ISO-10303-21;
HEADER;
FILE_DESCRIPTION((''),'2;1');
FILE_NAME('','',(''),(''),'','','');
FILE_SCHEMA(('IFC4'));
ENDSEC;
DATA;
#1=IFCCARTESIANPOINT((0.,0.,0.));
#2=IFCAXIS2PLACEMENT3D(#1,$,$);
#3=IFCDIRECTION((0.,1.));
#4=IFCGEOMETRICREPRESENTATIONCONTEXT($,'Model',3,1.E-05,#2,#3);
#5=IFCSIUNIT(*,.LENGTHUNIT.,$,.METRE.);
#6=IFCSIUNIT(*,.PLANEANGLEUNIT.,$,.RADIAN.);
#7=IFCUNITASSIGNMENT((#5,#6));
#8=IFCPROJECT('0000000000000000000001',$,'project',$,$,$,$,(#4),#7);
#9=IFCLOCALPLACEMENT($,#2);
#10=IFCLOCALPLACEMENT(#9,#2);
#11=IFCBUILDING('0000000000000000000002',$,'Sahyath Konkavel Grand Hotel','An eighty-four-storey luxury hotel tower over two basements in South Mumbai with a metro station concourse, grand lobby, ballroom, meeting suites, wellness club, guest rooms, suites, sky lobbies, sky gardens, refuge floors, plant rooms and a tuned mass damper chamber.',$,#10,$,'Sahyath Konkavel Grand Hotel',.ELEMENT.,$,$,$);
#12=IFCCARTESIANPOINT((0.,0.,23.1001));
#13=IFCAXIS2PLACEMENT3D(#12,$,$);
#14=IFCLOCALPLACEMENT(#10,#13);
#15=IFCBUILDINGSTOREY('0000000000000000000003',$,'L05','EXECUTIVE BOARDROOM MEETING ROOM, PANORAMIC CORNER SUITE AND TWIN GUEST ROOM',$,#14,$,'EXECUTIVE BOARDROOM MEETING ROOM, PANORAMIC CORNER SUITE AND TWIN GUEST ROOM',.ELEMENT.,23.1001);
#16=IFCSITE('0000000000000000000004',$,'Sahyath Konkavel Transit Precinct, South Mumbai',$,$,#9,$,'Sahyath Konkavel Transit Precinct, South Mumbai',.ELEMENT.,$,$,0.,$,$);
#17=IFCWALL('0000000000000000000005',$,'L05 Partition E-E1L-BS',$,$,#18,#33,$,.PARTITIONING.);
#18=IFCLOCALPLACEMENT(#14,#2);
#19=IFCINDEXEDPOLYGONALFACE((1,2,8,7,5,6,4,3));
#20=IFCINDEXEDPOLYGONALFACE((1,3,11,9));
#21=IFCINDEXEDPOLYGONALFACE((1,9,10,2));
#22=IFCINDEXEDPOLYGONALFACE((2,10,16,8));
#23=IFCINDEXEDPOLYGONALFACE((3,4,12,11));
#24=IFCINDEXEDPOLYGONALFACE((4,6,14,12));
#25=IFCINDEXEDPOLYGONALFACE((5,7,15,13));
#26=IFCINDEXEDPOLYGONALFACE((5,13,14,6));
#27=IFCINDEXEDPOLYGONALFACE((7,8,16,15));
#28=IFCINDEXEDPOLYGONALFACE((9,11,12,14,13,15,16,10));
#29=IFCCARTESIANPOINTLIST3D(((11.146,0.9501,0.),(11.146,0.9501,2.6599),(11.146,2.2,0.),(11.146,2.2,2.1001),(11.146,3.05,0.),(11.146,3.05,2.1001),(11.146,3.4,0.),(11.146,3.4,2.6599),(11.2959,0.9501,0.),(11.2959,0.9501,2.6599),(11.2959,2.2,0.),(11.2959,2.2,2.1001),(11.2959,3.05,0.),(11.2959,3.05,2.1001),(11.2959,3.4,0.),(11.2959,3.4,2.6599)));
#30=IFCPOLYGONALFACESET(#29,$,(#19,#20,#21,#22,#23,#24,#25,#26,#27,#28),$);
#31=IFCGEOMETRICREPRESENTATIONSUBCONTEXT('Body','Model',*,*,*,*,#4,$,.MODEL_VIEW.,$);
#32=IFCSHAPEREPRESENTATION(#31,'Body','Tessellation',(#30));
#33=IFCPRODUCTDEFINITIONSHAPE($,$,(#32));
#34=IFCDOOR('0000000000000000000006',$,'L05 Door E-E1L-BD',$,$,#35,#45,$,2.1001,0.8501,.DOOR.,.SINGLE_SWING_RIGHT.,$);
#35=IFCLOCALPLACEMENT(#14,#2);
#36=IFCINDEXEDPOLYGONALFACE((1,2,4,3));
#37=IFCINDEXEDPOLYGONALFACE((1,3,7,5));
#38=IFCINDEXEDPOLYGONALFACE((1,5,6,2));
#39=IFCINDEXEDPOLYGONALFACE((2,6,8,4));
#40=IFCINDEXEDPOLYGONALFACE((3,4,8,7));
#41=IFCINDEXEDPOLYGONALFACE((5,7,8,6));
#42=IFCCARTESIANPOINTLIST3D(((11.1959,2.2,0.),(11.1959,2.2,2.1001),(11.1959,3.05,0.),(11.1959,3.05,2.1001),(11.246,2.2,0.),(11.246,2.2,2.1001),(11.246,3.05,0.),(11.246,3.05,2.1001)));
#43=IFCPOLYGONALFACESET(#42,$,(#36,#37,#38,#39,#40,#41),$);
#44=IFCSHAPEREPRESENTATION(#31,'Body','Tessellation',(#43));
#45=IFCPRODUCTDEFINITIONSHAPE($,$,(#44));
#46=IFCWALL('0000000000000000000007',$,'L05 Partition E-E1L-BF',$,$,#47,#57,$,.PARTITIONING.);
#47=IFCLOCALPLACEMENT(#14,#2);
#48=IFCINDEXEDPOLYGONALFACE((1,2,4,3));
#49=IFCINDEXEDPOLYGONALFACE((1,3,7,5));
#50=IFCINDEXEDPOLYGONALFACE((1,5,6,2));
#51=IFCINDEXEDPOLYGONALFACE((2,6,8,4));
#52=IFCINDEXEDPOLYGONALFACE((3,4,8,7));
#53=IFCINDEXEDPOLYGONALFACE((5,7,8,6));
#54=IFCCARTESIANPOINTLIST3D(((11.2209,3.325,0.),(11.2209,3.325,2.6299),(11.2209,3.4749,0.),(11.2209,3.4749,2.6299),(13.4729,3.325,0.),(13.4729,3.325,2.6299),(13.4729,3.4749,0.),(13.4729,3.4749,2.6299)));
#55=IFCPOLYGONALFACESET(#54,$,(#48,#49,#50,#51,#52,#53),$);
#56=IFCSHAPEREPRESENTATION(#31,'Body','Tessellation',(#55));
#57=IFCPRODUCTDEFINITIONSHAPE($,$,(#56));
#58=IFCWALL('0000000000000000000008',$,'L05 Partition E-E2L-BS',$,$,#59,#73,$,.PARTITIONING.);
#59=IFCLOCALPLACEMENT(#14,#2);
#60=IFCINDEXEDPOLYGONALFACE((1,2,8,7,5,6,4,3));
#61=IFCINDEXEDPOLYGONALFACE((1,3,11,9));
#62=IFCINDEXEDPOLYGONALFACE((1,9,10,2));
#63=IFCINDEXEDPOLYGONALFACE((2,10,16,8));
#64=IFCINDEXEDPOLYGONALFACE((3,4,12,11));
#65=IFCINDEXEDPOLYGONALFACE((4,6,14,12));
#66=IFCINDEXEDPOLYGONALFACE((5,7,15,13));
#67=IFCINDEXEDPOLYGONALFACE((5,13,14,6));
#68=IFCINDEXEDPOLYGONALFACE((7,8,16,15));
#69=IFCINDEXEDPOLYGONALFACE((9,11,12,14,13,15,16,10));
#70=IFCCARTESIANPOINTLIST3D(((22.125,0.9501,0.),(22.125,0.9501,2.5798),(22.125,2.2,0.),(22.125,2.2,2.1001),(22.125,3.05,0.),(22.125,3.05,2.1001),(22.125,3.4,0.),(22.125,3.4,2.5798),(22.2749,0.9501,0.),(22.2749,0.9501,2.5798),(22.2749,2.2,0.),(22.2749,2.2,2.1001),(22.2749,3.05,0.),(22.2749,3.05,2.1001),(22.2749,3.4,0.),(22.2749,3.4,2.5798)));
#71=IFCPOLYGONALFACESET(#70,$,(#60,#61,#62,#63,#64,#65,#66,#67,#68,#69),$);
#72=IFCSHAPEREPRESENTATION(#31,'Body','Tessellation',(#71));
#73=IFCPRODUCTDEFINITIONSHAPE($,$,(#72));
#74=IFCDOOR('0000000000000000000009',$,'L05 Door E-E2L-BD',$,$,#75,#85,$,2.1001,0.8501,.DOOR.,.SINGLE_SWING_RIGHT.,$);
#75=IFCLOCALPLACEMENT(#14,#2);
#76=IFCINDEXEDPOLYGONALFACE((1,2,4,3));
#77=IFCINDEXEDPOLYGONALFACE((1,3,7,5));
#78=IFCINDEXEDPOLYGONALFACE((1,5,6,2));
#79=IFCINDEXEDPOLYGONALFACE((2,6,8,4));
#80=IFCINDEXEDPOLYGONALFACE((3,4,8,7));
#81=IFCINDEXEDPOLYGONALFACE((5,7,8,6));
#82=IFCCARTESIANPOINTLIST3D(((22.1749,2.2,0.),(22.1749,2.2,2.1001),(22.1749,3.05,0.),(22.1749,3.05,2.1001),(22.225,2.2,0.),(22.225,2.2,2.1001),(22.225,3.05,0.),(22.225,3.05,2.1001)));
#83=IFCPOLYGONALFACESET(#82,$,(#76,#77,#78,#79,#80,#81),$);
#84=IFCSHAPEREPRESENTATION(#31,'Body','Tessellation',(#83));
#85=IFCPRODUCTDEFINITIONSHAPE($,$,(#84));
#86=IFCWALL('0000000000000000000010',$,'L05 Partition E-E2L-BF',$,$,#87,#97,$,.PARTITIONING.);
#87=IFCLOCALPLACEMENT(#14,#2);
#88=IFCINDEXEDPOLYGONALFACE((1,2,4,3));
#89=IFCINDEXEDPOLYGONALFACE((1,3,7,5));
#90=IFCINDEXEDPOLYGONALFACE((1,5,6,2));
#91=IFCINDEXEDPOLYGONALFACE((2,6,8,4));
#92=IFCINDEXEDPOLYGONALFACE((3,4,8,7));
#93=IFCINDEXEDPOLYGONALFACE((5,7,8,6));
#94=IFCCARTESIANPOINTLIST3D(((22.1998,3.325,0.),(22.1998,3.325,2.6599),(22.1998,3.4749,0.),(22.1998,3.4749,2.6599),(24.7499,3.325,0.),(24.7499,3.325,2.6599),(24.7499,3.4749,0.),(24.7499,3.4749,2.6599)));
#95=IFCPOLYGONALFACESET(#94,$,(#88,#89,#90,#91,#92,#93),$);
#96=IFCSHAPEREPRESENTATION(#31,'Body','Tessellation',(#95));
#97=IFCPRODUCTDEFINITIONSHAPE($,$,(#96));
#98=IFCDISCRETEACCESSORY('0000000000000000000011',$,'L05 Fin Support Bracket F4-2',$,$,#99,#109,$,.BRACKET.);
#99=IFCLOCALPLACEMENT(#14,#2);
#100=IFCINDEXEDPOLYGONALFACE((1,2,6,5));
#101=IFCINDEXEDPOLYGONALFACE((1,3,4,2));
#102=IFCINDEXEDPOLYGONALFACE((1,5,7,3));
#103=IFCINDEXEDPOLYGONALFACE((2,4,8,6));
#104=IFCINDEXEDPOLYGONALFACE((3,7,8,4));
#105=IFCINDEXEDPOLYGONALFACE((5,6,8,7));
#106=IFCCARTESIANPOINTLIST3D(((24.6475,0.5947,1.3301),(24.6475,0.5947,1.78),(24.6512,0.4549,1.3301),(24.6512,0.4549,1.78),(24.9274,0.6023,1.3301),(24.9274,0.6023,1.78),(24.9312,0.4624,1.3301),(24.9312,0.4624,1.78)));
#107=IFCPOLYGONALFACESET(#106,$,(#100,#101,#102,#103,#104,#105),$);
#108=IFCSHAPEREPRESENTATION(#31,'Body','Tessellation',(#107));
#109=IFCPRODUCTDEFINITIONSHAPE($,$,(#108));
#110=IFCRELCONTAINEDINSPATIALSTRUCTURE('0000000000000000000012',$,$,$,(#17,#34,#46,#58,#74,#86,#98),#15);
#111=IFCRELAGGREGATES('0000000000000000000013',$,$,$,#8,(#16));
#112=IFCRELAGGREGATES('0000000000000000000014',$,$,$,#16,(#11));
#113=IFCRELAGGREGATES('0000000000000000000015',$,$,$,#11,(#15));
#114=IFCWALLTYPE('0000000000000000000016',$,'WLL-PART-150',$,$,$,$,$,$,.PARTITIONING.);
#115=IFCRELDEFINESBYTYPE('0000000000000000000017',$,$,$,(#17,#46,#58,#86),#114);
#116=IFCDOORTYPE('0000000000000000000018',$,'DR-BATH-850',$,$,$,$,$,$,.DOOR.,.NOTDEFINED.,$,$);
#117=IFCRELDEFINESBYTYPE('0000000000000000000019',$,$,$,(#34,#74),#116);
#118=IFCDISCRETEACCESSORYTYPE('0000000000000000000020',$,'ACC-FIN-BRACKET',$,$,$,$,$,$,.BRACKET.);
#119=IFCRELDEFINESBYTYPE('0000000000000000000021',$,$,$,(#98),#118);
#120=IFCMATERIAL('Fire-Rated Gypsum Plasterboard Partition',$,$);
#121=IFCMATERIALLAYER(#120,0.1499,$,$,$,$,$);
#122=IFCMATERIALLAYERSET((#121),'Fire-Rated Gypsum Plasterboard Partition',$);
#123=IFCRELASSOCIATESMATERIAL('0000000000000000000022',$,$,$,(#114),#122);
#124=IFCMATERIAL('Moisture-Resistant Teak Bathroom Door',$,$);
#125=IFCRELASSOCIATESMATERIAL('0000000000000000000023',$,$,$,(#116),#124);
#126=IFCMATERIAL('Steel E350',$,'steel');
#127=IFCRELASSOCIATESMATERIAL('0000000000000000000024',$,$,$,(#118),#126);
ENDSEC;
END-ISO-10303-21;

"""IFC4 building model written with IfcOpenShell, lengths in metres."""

from ifc_helpers import new_model, si_unit, direction, frame, frame_2d, origin, origin_2d, place, context, subcontext, project, spatial, rectangle, extrude, source, transform, mapped, material, layer, layer_set, type_object, element, fill, save


model = new_model("IFC4")

# Units and contexts
model_context = context("Model", 3, precision=1e-05, world=origin(), true_north=direction((0.0, 1.0)))
body_context = subcontext(model_context, "Body", "Model", "MODEL_VIEW")
ifc_project = project(units=[si_unit("LENGTHUNIT", "METRE"), si_unit("PLANEANGLEUNIT", "RADIAN")], contexts=[model_context])

# Site, building, storey
site_placement = place(None, origin())
site = spatial("IfcSite", under=ifc_project, at=site_placement, Name="Sahyath Konkavel Transit Precinct, South Mumbai", LongName="Sahyath Konkavel Transit Precinct, South Mumbai", CompositionType="ELEMENT", RefElevation=0.0)
building_placement = place(site_placement, origin())
building = spatial("IfcBuilding", under=site, at=building_placement, Name="Sahyath Konkavel Grand Hotel", Description="An eighty-four-storey luxury hotel tower over two basements in South Mumbai with a metro station concourse, grand lobby, ballroom, meeting suites, wellness club, guest rooms, suites, sky lobbies, sky gardens, refuge floors, plant rooms and a tuned mass damper chamber.", LongName="Sahyath Konkavel Grand Hotel", CompositionType="ELEMENT")
storey_placement = place(building_placement, frame((0.0, 0.0, 23.1001)))
storey = spatial("IfcBuildingStorey", under=building, at=storey_placement, Name="L05", Description="EXECUTIVE BOARDROOM MEETING ROOM, PANORAMIC CORNER SUITE AND TWIN GUEST ROOM", LongName="EXECUTIVE BOARDROOM MEETING ROOM, PANORAMIC CORNER SUITE AND TWIN GUEST ROOM", CompositionType="ELEMENT", Elevation=23.1001)

# Shared definitions
ifc_material_1 = material(Name="Steel E350", Category="steel")

# Shared definitions
ifc_material_2 = material(Name="Fire-Rated Gypsum Plasterboard Partition")
ifc_layer_1 = layer(ifc_material_2, 0.1499)
ifc_layer_set_1 = layer_set([ifc_layer_1], Name="Fire-Rated Gypsum Plasterboard Partition")
wall_type_1 = type_object("IfcWallType", Name="WLL-PART-150", PredefinedType="PARTITIONING", material=ifc_layer_set_1)
shared_shape_1 = source(origin(), body_context, "Body", "SweptSolid", [
    extrude(rectangle(XDim=0.8501, YDim=0.05, at=origin_2d()), origin(), (0.0, 0.0, 1.0), 2.1001),
])

# Wall, opening, door
wall_1_placement = place(storey_placement, frame((11.2209, 0.95, 0.0), z_axis=(0.0, 0.0, 1.0), x_axis=(0.0, 1.0, 0.0)))
wall_1 = element("IfcWall", 1, at=wall_1_placement, inside=storey, type_object=wall_type_1, Name="L05 Partition E-E1L-BS", PredefinedType="PARTITIONING", context=body_context, shape_type="SweptSolid", body=[
    extrude(rectangle(XDim=2.45, YDim=0.1499, at=frame_2d((1.2251, 0.0))), origin(), (0.0, 0.0, 1.0), 2.6599),
])
opening_1_placement = place(wall_1_placement, frame((1.25, 0.0, 0.0)))
opening_1 = element("IfcOpeningElement", 2, at=opening_1_placement, cuts=wall_1, PredefinedType="OPENING", context=body_context, shape_type="SweptSolid", body=[
    extrude(rectangle(XDim=0.8501, YDim=2.1001, at=frame_2d((0.425, 1.05))), frame((0.0, 0.085, 0.0), z_axis=(0.0, -1.0, 0.0), x_axis=(1.0, 0.0, 0.0)), (0.0, 0.0, 1.0), 0.1699),
])
ifc_material_3 = material(Name="Moisture-Resistant Teak Bathroom Door")
door_type_1 = type_object("IfcDoorType", Name="DR-BATH-850", OperationType="NOTDEFINED", PredefinedType="DOOR", material=ifc_material_3)
door_1_placement = place(opening_1_placement, frame((0.425, 0.0, 0.0)))
door_1 = element("IfcDoor", 3, at=door_1_placement, inside=storey, type_object=door_type_1, Name="L05 Door E-E1L-BD", OperationType="SINGLE_SWING_RIGHT", OverallHeight=2.1001, OverallWidth=0.8501, PredefinedType="DOOR", context=body_context, shape_type="MappedRepresentation", body=[
    mapped(shared_shape_1, transform((0.0, 0.0, 0.0), scale=1.0)),
])
fill(opening_1, door_1)

# Wall
wall_2_placement = place(storey_placement, frame((11.2209, 3.3999, 0.0), z_axis=(0.0, 0.0, 1.0), x_axis=(1.0, 0.0, 0.0)))
element("IfcWall", 4, at=wall_2_placement, inside=storey, type_object=wall_type_1, Name="L05 Partition E-E1L-BF", PredefinedType="PARTITIONING", context=body_context, shape_type="SweptSolid", body=[
    extrude(rectangle(XDim=2.252, YDim=0.1499, at=frame_2d((1.126, 0.0))), origin(), (0.0, 0.0, 1.0), 2.6299),
])

# Wall, opening, door
wall_3_placement = place(storey_placement, frame((22.2, 0.95, 0.0), z_axis=(0.0, 0.0, 1.0), x_axis=(0.0, 1.0, 0.0)))
wall_3 = element("IfcWall", 5, at=wall_3_placement, inside=storey, type_object=wall_type_1, Name="L05 Partition E-E2L-BS", PredefinedType="PARTITIONING", context=body_context, shape_type="SweptSolid", body=[
    extrude(rectangle(XDim=2.45, YDim=0.1499, at=frame_2d((1.2251, 0.0))), origin(), (0.0, 0.0, 1.0), 2.5798),
])
opening_2_placement = place(wall_3_placement, frame((1.25, 0.0, 0.0)))
opening_2 = element("IfcOpeningElement", 6, at=opening_2_placement, cuts=wall_3, PredefinedType="OPENING", context=body_context, shape_type="SweptSolid", body=[
    extrude(rectangle(XDim=0.8501, YDim=2.1001, at=frame_2d((0.425, 1.05))), frame((0.0, 0.085, 0.0), z_axis=(0.0, -1.0, 0.0), x_axis=(1.0, 0.0, 0.0)), (0.0, 0.0, 1.0), 0.1699),
])
door_2_placement = place(opening_2_placement, frame((0.425, 0.0, 0.0)))
door_2 = element("IfcDoor", 7, at=door_2_placement, inside=storey, type_object=door_type_1, Name="L05 Door E-E2L-BD", OperationType="SINGLE_SWING_RIGHT", OverallHeight=2.1001, OverallWidth=0.8501, PredefinedType="DOOR", context=body_context, shape_type="MappedRepresentation", body=[
    mapped(shared_shape_1, transform((0.0, 0.0, 0.0), scale=1.0)),
])
fill(opening_2, door_2)

# Wall
wall_4_placement = place(storey_placement, frame((22.2, 3.3999, 0.0), z_axis=(0.0, 0.0, 1.0), x_axis=(1.0, 0.0, 0.0)))
element("IfcWall", 8, at=wall_4_placement, inside=storey, type_object=wall_type_1, Name="L05 Partition E-E2L-BF", PredefinedType="PARTITIONING", context=body_context, shape_type="SweptSolid", body=[
    extrude(rectangle(XDim=2.55, YDim=0.1499, at=frame_2d((1.2749, 0.0))), origin(), (0.0, 0.0, 1.0), 2.6599),
])

# Discrete accessory
discrete_accessory_type = type_object("IfcDiscreteAccessoryType", Name="ACC-FIN-BRACKET", PredefinedType="BRACKET", material=ifc_material_1)
shared_shape_2 = source(origin(), body_context, "Body", "SweptSolid", [
    extrude(rectangle(XDim=0.28, YDim=0.1399, at=origin_2d()), origin(), (0.0, 0.0, 1.0), 0.45),
])
discrete_accessory_placement = place(storey_placement, frame((24.7893, 0.5286, 1.3301), z_axis=(0.0, 0.0, 1.0), x_axis=(0.999638, 0.02691, 0.0)))
element("IfcDiscreteAccessory", 9, at=discrete_accessory_placement, inside=storey, type_object=discrete_accessory_type, Name="L05 Fin Support Bracket F4-2", PredefinedType="BRACKET", context=body_context, shape_type="MappedRepresentation", body=[
    mapped(shared_shape_2, transform((0.0, 0.0, 0.0), scale=1.0)),
])

save(model, "model.ifc")
